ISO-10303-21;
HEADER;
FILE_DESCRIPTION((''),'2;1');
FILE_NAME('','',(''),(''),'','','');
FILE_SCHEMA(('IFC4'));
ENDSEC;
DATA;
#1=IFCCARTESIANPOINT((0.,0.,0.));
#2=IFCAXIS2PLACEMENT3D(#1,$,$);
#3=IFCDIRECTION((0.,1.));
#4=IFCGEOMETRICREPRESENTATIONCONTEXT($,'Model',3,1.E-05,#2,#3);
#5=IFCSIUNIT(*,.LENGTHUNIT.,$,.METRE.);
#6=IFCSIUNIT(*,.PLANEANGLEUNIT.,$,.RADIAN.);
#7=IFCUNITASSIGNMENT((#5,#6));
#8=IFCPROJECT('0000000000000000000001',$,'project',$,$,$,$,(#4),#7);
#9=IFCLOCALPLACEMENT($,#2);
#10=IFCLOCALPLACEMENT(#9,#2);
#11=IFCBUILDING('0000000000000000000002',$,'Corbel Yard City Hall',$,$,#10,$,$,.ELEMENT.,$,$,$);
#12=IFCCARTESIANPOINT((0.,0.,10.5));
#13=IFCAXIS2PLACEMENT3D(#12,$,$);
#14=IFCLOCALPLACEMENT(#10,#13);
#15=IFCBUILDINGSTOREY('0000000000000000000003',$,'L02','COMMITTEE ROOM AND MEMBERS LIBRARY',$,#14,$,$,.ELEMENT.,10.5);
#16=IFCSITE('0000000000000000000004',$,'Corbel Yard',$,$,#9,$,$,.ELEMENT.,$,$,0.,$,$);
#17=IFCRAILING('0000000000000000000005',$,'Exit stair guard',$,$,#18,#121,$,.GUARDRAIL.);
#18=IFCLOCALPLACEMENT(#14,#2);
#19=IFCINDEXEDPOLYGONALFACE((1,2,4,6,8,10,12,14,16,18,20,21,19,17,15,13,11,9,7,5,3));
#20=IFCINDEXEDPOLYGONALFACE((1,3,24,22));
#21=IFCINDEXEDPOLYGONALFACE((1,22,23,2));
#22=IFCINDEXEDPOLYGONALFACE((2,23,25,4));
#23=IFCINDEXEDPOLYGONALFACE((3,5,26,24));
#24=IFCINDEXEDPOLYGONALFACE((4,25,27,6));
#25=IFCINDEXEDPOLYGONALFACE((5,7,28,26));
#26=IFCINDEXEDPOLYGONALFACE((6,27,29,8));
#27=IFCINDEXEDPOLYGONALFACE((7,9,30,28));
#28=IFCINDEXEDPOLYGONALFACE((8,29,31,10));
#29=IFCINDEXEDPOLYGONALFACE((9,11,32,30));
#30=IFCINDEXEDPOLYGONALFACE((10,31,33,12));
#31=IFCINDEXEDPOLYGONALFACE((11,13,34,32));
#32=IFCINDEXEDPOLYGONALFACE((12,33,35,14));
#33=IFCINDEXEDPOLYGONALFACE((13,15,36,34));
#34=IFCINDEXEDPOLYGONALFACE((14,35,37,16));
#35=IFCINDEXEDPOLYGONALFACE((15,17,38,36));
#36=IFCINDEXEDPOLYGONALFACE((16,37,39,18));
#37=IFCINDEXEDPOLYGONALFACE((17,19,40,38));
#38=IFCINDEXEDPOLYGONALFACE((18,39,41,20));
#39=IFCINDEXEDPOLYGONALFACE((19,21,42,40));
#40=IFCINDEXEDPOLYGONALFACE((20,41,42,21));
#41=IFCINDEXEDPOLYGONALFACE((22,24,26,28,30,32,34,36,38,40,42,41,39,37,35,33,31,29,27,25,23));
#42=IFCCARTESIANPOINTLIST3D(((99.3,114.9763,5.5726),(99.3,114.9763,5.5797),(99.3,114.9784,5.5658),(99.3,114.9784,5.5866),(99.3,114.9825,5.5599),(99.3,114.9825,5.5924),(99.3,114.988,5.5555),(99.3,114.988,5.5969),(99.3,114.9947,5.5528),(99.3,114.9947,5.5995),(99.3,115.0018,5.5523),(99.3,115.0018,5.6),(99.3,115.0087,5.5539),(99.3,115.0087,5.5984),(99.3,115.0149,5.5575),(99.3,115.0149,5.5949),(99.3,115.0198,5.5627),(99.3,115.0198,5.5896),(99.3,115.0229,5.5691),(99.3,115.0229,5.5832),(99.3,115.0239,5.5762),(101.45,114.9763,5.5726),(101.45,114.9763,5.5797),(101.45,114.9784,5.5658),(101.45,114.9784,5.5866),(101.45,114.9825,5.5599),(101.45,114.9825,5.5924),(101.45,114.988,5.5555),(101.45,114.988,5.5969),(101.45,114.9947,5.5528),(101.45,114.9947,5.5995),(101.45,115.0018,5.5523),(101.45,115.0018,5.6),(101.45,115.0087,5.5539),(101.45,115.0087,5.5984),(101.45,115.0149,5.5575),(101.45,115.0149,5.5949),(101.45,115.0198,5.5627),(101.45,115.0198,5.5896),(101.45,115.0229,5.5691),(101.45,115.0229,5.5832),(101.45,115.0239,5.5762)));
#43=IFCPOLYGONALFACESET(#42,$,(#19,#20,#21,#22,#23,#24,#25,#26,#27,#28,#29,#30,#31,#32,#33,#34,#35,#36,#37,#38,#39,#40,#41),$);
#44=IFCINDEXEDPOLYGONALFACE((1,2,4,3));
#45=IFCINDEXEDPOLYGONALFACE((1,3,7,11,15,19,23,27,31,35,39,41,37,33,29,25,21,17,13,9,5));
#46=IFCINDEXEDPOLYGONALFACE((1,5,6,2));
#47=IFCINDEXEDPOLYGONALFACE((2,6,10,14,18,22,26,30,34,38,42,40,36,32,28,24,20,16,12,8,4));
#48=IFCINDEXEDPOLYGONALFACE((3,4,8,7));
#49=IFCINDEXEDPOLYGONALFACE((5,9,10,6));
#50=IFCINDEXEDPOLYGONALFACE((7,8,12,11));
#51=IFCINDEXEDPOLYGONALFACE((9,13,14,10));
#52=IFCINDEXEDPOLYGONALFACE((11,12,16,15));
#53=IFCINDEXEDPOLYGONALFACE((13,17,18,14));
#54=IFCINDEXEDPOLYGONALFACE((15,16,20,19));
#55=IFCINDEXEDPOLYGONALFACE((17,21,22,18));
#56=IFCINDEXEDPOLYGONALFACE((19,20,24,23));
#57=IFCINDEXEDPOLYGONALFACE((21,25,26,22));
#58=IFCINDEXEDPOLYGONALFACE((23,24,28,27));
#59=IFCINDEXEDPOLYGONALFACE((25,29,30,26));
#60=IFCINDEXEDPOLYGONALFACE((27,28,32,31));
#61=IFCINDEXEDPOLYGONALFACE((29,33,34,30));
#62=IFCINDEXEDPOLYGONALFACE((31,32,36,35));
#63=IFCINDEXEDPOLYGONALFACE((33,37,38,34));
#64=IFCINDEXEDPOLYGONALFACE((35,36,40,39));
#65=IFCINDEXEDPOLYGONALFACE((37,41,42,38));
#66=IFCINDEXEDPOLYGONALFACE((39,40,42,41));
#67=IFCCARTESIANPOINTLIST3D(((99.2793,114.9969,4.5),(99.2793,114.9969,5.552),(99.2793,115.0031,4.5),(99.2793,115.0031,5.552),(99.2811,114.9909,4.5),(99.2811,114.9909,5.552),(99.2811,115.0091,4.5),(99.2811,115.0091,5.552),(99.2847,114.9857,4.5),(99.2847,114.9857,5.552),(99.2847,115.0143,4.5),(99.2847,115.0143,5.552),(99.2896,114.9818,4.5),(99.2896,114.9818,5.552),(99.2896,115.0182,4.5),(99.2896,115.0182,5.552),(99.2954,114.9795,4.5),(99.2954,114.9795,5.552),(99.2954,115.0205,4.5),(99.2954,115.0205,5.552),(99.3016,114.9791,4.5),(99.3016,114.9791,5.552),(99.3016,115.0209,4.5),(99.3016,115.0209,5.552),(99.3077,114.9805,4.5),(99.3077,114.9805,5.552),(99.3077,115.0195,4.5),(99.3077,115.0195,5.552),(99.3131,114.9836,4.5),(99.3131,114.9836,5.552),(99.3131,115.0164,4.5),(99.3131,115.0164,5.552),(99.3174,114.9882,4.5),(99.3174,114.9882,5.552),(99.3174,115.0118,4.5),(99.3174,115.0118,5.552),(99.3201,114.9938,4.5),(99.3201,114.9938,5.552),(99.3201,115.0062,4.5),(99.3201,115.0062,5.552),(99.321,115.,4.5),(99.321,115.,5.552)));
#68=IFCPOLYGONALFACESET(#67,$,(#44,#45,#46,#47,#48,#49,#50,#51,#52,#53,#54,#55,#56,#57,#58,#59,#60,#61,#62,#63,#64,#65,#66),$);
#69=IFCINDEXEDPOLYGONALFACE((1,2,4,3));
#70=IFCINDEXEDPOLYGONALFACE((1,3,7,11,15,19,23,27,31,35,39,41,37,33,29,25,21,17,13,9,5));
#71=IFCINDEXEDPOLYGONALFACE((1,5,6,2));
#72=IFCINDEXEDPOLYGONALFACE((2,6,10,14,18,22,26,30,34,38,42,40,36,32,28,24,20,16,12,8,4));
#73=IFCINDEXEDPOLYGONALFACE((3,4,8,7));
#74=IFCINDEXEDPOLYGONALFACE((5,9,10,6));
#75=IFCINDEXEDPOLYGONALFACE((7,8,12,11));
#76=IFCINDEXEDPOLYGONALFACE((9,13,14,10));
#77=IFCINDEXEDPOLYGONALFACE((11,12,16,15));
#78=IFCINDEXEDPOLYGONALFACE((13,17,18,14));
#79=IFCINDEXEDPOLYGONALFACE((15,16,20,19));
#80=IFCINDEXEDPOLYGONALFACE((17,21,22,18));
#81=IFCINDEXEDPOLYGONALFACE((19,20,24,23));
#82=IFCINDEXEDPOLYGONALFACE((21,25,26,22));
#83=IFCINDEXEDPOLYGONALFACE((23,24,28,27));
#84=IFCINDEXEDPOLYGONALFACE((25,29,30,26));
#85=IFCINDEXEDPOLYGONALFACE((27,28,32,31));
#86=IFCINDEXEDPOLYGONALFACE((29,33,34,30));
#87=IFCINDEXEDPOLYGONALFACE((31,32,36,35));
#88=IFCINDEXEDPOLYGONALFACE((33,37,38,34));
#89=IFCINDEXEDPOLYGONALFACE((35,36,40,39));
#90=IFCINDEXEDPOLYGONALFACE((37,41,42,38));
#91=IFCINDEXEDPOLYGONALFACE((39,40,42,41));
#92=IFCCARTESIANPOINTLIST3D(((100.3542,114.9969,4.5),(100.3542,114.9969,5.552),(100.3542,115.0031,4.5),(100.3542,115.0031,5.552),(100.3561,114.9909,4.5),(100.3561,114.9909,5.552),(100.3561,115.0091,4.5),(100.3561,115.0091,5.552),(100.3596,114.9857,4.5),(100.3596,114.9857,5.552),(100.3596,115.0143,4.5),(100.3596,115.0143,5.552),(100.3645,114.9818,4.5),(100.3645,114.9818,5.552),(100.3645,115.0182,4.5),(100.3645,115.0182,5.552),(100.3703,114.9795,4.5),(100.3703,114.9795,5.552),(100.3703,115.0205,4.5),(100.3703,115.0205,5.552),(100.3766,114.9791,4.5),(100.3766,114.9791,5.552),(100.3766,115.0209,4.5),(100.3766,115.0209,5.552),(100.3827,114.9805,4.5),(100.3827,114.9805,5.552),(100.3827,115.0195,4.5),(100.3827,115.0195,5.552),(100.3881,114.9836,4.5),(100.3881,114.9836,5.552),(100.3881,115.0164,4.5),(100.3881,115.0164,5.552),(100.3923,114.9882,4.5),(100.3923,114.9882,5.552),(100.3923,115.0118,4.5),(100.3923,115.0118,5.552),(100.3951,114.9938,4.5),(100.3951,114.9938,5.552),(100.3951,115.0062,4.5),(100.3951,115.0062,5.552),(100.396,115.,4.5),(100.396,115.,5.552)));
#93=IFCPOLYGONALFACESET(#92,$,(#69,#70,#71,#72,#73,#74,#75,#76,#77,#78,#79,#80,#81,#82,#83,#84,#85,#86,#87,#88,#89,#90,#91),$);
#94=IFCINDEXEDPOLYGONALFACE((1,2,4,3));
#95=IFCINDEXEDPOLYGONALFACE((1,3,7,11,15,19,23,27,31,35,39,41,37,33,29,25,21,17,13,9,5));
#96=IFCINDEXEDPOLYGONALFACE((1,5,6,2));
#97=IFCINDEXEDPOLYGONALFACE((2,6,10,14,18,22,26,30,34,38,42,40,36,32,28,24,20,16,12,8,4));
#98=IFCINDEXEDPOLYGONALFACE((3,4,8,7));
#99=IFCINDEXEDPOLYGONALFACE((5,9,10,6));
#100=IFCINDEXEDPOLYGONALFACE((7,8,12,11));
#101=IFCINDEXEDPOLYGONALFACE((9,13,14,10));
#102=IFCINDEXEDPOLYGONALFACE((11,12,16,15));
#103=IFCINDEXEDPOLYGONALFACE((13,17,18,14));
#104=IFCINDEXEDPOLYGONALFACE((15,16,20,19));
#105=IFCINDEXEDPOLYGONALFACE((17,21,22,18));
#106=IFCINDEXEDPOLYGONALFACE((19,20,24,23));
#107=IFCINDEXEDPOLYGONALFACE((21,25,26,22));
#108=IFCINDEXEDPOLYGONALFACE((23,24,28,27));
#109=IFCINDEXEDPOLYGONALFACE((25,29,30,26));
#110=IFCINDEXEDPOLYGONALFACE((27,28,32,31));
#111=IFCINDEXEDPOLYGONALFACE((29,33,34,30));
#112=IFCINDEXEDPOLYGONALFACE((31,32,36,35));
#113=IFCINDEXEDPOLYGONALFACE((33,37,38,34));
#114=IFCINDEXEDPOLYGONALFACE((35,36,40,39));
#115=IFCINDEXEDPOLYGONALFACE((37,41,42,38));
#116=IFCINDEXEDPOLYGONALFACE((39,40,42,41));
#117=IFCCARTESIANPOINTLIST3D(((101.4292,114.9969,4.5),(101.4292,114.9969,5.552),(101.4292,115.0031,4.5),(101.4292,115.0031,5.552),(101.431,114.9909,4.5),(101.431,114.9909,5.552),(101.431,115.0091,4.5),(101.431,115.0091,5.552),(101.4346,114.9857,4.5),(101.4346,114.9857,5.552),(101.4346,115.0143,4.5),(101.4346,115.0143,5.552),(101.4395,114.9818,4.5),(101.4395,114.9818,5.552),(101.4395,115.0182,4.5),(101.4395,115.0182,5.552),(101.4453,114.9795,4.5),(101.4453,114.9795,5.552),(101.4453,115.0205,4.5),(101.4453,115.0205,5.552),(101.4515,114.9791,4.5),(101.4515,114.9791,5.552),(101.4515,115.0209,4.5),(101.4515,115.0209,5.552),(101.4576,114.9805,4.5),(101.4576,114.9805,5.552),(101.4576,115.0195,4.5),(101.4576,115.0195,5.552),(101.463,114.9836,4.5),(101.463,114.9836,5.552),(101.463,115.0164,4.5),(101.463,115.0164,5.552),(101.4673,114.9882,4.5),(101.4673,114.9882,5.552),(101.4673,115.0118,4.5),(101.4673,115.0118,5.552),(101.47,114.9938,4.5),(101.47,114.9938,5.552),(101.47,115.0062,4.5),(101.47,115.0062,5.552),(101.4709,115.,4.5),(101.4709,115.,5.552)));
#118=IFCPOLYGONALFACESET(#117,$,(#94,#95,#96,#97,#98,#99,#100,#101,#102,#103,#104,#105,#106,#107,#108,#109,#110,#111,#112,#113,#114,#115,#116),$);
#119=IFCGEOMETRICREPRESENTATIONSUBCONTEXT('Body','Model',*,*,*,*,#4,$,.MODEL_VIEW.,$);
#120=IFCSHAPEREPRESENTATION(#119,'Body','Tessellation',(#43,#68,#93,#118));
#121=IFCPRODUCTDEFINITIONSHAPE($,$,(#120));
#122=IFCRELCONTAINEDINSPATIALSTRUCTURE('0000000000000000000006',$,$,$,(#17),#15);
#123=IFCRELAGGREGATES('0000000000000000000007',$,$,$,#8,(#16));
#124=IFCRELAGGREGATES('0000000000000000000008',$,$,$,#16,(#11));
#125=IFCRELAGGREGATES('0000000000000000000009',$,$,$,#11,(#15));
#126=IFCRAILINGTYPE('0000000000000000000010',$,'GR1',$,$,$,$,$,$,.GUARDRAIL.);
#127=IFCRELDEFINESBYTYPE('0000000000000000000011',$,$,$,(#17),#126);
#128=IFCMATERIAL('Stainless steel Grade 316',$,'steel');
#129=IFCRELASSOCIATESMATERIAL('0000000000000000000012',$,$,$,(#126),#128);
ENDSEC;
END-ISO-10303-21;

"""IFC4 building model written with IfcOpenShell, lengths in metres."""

from ifc_helpers import new_model, si_unit, direction, frame, origin, origin_2d, place, context, subcontext, project, spatial, circle, extrude, material, type_object, element, save


model = new_model("IFC4")

# Units and contexts
model_context = context("Model", 3, precision=1e-05, world=origin(), true_north=direction((0.0, 1.0)))
body_context = subcontext(model_context, "Body", "Model", "MODEL_VIEW")
ifc_project = project(units=[si_unit("LENGTHUNIT", "METRE"), si_unit("PLANEANGLEUNIT", "RADIAN")], contexts=[model_context])

# Site, building, storey
site_placement = place(None, origin())
site = spatial("IfcSite", under=ifc_project, at=site_placement, Name="Corbel Yard", CompositionType="ELEMENT", RefElevation=0.0)
building_placement = place(site_placement, origin())
building = spatial("IfcBuilding", under=site, at=building_placement, Name="Corbel Yard City Hall", CompositionType="ELEMENT")
storey_placement = place(building_placement, frame((0.0, 0.0, 10.5)))
storey = spatial("IfcBuildingStorey", under=building, at=storey_placement, Name="L02", Description="COMMITTEE ROOM AND MEMBERS LIBRARY", CompositionType="ELEMENT", Elevation=10.5)

# Shared definitions
ifc_material_1 = material(Name="Stainless steel Grade 316", Category="steel")

# Railing
railing_type_1 = type_object("IfcRailingType", Name="GR1", PredefinedType="GUARDRAIL", material=ifc_material_1)
railing_placement = place(storey_placement, frame((99.3, 115.0, 4.5)))
element("IfcRailing", 1, at=railing_placement, inside=storey, type_object=railing_type_1, Name="Exit stair guard", PredefinedType="GUARDRAIL", context=body_context, shape_type="SweptSolid", body=[
    extrude(circle(Radius=0.0239, at=origin_2d()), frame((0.0, 0.0, 1.0762), z_axis=(1.0, 0.0, 0.0), x_axis=(0.0, 1.0, 0.0)), (0.0, 0.0, 1.0), 2.1499),
    extrude(circle(Radius=0.021, at=origin_2d()), origin(), (0.0, 0.0, 1.0), 1.052),
    extrude(circle(Radius=0.021, at=origin_2d()), frame((1.075, 0.0, 0.0)), (0.0, 0.0, 1.0), 1.052),
    extrude(circle(Radius=0.021, at=origin_2d()), frame((2.1499, 0.0, 0.0)), (0.0, 0.0, 1.0), 1.052),
])

save(model, "model.ifc")
